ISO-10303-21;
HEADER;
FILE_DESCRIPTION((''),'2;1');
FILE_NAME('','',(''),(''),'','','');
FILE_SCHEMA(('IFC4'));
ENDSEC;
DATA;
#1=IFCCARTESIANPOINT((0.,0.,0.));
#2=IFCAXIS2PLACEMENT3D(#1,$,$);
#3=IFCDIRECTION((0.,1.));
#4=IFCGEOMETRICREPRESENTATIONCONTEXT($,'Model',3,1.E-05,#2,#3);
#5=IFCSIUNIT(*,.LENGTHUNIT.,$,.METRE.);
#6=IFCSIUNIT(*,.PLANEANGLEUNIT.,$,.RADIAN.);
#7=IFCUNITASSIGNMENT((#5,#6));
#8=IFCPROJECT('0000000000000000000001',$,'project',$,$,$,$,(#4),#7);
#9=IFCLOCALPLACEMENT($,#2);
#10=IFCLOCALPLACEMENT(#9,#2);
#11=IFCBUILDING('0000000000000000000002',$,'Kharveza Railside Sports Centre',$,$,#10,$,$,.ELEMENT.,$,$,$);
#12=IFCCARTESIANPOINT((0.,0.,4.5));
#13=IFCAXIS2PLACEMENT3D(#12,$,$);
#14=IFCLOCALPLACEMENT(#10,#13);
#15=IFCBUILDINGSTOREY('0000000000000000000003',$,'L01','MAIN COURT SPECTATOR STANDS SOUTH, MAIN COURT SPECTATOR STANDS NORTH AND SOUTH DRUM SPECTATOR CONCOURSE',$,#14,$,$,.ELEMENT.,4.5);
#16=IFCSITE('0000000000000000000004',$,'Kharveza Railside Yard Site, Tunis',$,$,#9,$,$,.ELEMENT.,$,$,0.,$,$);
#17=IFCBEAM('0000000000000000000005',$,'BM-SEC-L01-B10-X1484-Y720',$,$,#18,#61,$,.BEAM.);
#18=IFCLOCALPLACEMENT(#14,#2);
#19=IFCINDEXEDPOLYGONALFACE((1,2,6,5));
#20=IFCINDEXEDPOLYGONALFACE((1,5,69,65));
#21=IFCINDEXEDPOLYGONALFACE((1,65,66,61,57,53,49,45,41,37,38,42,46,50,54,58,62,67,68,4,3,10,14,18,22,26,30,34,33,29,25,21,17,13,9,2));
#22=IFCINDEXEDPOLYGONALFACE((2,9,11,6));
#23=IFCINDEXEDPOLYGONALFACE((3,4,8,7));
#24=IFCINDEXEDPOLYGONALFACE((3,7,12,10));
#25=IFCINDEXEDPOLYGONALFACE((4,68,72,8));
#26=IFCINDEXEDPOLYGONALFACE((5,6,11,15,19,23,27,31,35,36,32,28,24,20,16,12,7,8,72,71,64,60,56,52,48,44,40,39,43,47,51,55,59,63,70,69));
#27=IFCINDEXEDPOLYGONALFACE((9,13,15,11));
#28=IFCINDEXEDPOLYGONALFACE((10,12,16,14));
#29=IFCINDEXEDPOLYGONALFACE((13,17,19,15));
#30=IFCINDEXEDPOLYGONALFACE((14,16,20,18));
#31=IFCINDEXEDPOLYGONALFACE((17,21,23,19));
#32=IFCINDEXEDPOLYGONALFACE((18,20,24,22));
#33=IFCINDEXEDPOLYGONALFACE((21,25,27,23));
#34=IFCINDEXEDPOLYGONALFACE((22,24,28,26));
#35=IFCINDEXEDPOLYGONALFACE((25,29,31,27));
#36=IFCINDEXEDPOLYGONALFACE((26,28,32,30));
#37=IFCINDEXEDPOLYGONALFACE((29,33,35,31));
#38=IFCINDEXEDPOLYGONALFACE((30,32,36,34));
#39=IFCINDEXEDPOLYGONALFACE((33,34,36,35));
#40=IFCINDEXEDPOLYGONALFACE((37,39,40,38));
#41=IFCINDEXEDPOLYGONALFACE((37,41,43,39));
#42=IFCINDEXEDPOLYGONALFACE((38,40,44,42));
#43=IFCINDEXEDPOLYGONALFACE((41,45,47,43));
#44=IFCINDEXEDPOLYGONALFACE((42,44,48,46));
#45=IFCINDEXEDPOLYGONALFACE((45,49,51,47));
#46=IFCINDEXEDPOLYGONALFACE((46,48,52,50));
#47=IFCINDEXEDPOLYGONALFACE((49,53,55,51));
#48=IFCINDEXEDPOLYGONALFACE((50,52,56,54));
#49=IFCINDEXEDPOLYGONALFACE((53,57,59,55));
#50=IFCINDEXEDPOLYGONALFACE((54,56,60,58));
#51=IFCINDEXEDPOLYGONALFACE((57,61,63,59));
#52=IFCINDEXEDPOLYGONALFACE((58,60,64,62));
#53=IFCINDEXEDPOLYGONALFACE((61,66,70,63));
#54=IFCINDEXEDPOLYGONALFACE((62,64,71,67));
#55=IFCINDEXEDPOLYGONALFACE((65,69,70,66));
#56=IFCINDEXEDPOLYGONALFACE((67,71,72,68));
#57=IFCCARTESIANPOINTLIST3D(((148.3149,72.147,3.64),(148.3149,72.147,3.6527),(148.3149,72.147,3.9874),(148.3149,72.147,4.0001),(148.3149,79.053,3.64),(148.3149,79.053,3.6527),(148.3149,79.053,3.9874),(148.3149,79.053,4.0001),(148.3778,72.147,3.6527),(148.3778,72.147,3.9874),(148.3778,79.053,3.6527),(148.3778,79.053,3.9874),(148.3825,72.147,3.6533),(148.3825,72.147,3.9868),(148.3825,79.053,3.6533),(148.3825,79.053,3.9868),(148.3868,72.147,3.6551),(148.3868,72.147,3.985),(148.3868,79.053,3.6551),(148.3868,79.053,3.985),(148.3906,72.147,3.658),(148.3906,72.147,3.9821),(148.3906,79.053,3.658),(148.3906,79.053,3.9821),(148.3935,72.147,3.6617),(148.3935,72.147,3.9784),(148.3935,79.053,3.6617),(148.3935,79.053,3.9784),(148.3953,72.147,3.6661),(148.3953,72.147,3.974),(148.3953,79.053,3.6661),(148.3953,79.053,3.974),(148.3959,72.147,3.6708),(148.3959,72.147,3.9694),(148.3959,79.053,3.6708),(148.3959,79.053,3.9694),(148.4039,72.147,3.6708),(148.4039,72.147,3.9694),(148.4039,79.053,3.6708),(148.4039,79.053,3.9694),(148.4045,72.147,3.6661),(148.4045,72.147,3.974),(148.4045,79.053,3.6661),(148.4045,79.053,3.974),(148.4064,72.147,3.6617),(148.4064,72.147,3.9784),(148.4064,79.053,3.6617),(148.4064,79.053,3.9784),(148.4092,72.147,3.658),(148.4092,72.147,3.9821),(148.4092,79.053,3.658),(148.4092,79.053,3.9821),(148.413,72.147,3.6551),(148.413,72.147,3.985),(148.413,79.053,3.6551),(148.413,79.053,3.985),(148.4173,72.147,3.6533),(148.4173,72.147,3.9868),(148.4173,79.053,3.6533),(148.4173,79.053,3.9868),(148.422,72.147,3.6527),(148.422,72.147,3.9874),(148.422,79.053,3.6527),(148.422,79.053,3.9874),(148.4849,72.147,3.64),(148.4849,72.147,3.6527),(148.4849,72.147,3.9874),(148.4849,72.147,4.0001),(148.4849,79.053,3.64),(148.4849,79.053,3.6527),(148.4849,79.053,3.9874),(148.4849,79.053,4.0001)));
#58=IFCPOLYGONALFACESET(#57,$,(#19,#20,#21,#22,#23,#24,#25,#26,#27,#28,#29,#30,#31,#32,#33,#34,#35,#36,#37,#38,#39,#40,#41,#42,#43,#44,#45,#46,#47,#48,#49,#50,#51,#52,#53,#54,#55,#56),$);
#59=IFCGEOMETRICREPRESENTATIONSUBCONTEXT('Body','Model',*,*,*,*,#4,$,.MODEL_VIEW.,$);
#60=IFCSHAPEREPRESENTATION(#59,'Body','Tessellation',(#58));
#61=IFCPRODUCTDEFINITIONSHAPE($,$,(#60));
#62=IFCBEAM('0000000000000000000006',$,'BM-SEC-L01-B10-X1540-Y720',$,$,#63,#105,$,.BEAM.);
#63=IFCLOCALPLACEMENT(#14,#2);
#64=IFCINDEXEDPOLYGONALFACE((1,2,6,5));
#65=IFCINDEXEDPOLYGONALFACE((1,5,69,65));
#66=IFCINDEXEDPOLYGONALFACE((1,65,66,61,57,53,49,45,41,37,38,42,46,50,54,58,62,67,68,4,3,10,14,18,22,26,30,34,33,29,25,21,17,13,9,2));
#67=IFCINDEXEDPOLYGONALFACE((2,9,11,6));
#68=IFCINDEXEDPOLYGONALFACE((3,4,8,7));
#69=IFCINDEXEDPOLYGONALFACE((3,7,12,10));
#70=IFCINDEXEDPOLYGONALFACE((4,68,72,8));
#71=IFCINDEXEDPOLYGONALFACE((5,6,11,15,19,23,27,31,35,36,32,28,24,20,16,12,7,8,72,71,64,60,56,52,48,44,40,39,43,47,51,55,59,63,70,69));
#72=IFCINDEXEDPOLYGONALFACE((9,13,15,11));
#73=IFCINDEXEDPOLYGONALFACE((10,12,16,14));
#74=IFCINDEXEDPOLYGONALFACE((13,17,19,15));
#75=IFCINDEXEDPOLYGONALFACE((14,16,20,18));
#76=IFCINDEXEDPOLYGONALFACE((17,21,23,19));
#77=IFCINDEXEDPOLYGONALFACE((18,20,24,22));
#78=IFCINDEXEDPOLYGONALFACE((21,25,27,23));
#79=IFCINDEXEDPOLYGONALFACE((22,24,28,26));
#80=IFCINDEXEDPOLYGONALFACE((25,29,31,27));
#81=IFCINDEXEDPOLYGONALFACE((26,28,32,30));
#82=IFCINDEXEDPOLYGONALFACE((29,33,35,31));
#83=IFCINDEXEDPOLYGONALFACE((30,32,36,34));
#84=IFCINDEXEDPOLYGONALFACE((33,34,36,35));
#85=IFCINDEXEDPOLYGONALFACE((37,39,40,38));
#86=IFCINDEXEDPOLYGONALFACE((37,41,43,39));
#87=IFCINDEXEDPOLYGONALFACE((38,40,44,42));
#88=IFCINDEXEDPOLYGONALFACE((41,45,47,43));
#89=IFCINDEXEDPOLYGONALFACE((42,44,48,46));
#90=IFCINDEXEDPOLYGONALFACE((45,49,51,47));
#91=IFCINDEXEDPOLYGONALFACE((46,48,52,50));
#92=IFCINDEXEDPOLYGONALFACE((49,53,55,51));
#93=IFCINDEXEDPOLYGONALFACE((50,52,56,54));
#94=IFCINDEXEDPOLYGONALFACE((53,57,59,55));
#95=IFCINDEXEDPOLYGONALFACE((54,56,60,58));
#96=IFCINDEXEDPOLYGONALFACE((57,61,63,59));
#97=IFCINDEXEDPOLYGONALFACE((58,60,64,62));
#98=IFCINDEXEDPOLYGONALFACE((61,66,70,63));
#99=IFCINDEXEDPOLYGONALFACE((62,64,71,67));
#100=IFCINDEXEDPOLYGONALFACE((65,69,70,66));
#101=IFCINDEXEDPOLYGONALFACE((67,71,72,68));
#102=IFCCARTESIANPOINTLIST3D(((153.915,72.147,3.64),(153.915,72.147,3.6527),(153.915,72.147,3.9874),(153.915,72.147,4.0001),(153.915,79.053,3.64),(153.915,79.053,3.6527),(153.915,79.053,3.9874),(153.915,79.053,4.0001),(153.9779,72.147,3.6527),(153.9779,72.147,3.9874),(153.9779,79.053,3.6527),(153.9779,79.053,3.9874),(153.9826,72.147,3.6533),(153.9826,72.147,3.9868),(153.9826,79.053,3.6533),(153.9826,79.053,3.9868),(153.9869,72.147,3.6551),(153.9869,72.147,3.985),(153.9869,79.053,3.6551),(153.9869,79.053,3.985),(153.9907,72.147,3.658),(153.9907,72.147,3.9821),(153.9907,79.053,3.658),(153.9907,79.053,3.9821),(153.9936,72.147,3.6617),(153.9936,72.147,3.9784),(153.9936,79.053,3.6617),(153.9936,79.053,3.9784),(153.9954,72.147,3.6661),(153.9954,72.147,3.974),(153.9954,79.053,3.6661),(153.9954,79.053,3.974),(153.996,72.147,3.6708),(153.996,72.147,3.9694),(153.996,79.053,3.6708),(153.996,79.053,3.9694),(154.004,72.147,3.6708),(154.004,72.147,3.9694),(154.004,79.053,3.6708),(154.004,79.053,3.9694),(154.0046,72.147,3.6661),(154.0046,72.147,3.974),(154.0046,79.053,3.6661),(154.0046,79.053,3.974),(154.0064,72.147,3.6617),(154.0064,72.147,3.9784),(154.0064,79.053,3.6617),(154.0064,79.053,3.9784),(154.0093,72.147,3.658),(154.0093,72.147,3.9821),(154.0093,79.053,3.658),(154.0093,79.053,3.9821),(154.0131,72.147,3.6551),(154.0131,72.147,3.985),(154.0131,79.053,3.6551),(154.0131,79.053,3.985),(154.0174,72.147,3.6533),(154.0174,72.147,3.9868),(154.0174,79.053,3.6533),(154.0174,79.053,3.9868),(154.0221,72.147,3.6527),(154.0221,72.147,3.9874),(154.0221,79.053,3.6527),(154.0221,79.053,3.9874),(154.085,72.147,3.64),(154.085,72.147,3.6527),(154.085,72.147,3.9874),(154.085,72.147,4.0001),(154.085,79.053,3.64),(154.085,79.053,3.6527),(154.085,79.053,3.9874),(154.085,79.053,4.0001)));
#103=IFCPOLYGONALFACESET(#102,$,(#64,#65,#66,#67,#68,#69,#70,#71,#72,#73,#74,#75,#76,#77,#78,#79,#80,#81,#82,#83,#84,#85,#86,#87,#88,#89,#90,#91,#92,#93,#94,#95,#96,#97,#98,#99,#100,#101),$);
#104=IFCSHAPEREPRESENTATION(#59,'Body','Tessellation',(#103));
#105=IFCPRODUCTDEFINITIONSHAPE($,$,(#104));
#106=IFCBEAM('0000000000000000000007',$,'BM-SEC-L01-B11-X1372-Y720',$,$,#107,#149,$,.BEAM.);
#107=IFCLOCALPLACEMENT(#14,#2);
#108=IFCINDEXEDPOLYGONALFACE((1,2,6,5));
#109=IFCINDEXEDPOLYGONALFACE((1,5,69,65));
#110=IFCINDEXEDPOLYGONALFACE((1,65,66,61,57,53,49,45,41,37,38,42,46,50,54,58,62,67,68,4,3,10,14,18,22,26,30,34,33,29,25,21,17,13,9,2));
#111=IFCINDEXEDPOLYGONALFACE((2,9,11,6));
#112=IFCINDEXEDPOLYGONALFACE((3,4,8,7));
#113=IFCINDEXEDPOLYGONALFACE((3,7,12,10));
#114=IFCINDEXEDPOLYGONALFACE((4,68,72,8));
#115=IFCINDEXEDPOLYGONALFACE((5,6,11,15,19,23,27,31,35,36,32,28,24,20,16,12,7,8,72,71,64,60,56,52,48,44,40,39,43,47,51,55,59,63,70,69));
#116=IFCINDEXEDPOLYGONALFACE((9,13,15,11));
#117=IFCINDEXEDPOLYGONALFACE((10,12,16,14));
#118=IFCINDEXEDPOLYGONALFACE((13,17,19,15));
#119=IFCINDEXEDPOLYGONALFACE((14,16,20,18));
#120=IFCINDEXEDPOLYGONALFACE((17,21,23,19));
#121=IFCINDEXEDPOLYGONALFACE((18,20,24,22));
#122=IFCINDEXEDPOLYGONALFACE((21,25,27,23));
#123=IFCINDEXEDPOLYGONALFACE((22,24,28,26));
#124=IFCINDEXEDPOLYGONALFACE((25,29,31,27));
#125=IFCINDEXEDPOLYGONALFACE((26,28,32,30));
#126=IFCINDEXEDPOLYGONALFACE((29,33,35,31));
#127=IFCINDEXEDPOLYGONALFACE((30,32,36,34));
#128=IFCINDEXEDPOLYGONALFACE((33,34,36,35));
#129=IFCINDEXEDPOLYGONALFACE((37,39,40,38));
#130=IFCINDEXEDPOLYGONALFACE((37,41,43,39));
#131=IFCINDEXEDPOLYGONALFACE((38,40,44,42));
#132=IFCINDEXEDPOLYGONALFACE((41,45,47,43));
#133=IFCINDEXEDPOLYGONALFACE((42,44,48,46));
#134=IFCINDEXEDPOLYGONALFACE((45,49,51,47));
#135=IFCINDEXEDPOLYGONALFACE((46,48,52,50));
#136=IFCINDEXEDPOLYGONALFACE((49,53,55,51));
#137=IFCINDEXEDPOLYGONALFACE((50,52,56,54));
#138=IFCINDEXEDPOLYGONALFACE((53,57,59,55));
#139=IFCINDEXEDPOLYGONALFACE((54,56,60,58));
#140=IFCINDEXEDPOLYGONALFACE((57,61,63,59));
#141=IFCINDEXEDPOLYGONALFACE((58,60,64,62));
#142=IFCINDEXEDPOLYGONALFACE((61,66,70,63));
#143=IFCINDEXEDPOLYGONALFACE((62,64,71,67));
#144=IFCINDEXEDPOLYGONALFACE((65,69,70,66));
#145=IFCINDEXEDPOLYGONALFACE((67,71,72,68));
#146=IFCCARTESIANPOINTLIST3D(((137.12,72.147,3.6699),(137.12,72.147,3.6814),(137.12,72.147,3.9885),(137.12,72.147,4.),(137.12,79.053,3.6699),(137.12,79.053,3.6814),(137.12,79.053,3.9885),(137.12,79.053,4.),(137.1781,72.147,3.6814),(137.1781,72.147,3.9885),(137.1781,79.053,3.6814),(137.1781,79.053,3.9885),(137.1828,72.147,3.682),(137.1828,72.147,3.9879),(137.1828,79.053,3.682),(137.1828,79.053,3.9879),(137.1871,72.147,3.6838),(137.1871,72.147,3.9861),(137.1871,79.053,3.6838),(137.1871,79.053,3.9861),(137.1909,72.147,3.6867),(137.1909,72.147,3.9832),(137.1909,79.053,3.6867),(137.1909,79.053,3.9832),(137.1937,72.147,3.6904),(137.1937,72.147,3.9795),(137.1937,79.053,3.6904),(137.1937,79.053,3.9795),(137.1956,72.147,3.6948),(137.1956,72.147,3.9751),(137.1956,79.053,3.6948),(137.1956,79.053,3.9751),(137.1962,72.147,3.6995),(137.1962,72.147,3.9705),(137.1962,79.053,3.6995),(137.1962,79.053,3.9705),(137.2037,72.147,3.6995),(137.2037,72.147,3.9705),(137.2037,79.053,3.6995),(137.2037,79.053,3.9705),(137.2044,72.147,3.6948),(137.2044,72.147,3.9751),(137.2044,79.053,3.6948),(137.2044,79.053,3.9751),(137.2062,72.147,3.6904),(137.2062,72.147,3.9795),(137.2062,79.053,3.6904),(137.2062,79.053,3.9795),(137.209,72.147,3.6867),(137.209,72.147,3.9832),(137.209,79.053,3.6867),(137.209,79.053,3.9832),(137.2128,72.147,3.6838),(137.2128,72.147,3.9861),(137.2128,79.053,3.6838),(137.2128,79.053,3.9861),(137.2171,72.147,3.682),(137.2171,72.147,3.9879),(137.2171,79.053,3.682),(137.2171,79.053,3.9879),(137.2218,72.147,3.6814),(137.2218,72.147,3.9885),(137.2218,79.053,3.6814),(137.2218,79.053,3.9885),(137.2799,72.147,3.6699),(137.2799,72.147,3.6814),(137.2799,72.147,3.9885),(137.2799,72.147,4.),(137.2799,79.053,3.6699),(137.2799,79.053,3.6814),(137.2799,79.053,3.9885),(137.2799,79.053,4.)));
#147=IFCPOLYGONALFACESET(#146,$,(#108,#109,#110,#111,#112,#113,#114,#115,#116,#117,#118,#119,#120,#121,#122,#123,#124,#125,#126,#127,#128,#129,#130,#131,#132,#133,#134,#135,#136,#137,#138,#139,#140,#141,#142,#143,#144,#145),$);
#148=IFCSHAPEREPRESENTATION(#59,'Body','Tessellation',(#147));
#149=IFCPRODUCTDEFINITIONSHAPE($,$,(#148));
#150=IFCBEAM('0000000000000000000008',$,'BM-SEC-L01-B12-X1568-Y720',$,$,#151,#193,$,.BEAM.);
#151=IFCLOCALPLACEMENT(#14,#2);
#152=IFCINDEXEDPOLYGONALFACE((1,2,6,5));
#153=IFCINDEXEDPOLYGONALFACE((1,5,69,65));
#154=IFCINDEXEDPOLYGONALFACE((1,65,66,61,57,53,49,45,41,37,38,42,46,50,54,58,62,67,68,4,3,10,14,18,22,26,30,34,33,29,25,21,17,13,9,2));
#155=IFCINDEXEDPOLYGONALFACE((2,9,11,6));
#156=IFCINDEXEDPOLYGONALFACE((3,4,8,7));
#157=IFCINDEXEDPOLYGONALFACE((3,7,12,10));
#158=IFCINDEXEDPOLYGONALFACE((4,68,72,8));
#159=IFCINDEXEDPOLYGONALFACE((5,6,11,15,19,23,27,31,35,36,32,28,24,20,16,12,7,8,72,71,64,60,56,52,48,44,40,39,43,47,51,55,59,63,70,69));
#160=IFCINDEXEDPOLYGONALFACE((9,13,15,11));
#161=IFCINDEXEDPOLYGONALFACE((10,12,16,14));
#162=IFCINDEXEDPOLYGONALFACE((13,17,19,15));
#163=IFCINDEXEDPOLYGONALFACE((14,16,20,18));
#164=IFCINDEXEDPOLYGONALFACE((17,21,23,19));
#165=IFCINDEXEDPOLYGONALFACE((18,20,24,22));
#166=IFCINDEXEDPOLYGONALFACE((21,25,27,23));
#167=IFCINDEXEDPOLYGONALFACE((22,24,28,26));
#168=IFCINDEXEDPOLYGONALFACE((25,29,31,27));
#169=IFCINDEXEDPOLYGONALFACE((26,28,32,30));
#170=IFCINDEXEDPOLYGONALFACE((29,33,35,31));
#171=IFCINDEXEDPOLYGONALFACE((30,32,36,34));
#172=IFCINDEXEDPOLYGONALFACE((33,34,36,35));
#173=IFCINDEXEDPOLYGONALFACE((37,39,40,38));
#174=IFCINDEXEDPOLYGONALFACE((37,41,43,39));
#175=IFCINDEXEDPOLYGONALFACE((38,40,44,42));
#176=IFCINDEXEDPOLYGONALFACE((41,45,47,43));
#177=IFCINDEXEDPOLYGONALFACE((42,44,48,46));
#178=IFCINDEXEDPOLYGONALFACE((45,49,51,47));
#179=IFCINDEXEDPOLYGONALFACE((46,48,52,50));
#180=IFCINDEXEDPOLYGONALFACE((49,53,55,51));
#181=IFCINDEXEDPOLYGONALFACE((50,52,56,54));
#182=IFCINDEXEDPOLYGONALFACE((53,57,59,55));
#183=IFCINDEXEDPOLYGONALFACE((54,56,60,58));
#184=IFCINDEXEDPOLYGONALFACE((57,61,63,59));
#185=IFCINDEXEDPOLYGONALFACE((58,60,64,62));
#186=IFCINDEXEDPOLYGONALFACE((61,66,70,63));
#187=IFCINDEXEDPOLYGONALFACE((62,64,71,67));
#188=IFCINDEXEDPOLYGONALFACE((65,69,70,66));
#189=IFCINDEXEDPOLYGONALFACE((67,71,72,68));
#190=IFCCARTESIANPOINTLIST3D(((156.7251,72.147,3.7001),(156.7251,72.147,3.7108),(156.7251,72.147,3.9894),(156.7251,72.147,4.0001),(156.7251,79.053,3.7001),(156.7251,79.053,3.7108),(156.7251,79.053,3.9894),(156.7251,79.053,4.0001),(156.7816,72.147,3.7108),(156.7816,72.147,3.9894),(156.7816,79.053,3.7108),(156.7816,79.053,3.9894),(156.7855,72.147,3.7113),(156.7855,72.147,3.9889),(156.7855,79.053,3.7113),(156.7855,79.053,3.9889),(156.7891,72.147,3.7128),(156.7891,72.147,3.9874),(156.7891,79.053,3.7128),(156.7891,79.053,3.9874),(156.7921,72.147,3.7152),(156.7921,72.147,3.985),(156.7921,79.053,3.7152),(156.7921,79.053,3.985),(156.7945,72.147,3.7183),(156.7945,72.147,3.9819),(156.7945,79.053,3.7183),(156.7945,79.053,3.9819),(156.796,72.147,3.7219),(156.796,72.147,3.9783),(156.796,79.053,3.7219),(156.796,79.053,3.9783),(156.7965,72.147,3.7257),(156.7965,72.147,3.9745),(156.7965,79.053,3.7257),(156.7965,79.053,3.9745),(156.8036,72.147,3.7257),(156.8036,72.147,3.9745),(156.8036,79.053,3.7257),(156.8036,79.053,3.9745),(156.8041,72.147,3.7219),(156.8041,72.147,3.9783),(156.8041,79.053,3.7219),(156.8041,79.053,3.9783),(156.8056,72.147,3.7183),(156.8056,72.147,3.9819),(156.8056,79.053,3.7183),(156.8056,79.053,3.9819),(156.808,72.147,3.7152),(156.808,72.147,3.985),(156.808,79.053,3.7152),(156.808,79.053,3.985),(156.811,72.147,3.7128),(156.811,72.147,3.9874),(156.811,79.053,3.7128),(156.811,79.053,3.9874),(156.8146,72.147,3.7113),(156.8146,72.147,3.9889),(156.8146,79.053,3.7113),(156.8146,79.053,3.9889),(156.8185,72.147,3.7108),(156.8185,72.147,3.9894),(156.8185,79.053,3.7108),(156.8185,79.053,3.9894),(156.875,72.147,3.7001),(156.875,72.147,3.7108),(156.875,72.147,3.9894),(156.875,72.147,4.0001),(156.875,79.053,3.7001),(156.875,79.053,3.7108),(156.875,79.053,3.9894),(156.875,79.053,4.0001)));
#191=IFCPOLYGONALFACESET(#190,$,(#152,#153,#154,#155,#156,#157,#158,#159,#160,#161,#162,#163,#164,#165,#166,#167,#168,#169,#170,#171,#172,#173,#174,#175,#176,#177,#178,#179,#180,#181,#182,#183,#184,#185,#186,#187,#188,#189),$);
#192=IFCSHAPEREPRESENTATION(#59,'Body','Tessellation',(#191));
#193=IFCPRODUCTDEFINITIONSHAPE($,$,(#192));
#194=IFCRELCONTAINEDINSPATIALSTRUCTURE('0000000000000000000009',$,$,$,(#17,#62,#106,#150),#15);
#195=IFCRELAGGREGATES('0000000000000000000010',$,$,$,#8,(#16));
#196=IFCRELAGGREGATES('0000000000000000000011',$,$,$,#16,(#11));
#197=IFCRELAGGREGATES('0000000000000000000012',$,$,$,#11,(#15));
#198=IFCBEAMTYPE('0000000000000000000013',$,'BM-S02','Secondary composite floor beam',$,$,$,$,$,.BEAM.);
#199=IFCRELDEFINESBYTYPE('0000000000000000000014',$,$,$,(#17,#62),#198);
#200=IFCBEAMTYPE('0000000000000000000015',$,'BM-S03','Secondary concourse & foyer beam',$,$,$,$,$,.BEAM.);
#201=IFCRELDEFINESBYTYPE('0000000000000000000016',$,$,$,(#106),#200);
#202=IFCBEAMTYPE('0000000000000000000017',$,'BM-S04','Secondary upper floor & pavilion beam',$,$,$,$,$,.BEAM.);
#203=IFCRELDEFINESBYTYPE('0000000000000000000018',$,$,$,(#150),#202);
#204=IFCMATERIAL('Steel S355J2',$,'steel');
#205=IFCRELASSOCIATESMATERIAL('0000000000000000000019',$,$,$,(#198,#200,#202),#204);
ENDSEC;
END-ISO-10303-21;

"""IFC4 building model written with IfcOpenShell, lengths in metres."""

from ifc_helpers import new_model, si_unit, direction, frame, origin, origin_2d, place, context, subcontext, project, spatial, i_section, extrude, material, material_profile, profile_set, type_object, element, save


model = new_model("IFC4")

# Units and contexts
model_context = context("Model", 3, precision=1e-05, world=origin(), true_north=direction((0.0, 1.0)))
body_context = subcontext(model_context, "Body", "Model", "MODEL_VIEW")
ifc_project = project(units=[si_unit("LENGTHUNIT", "METRE"), si_unit("PLANEANGLEUNIT", "RADIAN")], contexts=[model_context])

# Site, building, storey
site_placement = place(None, origin())
site = spatial("IfcSite", under=ifc_project, at=site_placement, Name="Kharveza Railside Yard Site, Tunis", CompositionType="ELEMENT", RefElevation=0.0)
building_placement = place(site_placement, origin())
building = spatial("IfcBuilding", under=site, at=building_placement, Name="Kharveza Railside Sports Centre", CompositionType="ELEMENT")
storey_placement = place(building_placement, frame((0.0, 0.0, 4.5)))
storey = spatial("IfcBuildingStorey", under=building, at=storey_placement, Name="L01", Description="MAIN COURT SPECTATOR STANDS SOUTH, MAIN COURT SPECTATOR STANDS NORTH AND SOUTH DRUM SPECTATOR CONCOURSE", CompositionType="ELEMENT", Elevation=4.5)

# Shared definitions
ifc_material_1 = material(Name="Steel S355J2", Category="steel")

# Beams
ifc_material_profile_1 = material_profile(ifc_material_1, i_section(OverallWidth=0.1699, OverallDepth=0.3601, WebThickness=0.0081, FlangeThickness=0.0127, FilletRadius=0.0181, at=origin_2d()), Name="IPE 360")
ifc_profile_set_1 = profile_set([ifc_material_profile_1], Name="Steel S355J2")
beam_type_1 = type_object("IfcBeamType", Name="BM-S02", Description="Secondary composite floor beam", PredefinedType="BEAM", material=ifc_profile_set_1)
for number, where, z_axis, x_axis, name in (
    (1, (148.3999, 72.147, 3.8201), (0.0, 1.0, 0.0), (-1.0, 0.0, 0.0), "BM-SEC-L01-B10-X1484-Y720"),
    (2, (154.0, 72.147, 3.8201), (0.0, 1.0, 0.0), (-1.0, 0.0, 0.0), "BM-SEC-L01-B10-X1540-Y720"),
):
    element("IfcBeam", number, at=place(storey_placement, frame(where, z_axis=z_axis, x_axis=x_axis)), inside=storey, type_object=beam_type_1, Name=name, PredefinedType="BEAM", context=body_context, shape_type="SweptSolid", body=[
        extrude(i_section(OverallWidth=0.1699, OverallDepth=0.3601, WebThickness=0.0081, FlangeThickness=0.0127, FilletRadius=0.0181, at=origin_2d()), origin(), (0.0, 0.0, 1.0), 6.906),
    ])
ifc_material_profile_2 = material_profile(ifc_material_1, i_section(OverallWidth=0.1599, OverallDepth=0.3301, WebThickness=0.0076, FlangeThickness=0.0115, FilletRadius=0.0181, at=origin_2d()), Name="IPE 330")
ifc_profile_set_2 = profile_set([ifc_material_profile_2], Name="Steel S355J2")
beam_type_2 = type_object("IfcBeamType", Name="BM-S03", Description="Secondary concourse & foyer beam", PredefinedType="BEAM", material=ifc_profile_set_2)
beam_1_placement = place(storey_placement, frame((137.2, 72.147, 3.835), z_axis=(0.0, 1.0, 0.0), x_axis=(-1.0, 0.0, 0.0)))
element("IfcBeam", 3, at=beam_1_placement, inside=storey, type_object=beam_type_2, Name="BM-SEC-L01-B11-X1372-Y720", PredefinedType="BEAM", context=body_context, shape_type="SweptSolid", body=[
    extrude(i_section(OverallWidth=0.1599, OverallDepth=0.3301, WebThickness=0.0076, FlangeThickness=0.0115, FilletRadius=0.0181, at=origin_2d()), origin(), (0.0, 0.0, 1.0), 6.906),
])
ifc_material_profile_3 = material_profile(ifc_material_1, i_section(OverallWidth=0.1499, OverallDepth=0.3, WebThickness=0.0071, FlangeThickness=0.0107, FilletRadius=0.0149, at=origin_2d()), Name="IPE 300")
ifc_profile_set_3 = profile_set([ifc_material_profile_3], Name="Steel S355J2")
beam_type_3 = type_object("IfcBeamType", Name="BM-S04", Description="Secondary upper floor & pavilion beam", PredefinedType="BEAM", material=ifc_profile_set_3)
beam_2_placement = place(storey_placement, frame((156.8, 72.147, 3.8501), z_axis=(0.0, 1.0, 0.0), x_axis=(-1.0, 0.0, 0.0)))
element("IfcBeam", 4, at=beam_2_placement, inside=storey, type_object=beam_type_3, Name="BM-SEC-L01-B12-X1568-Y720", PredefinedType="BEAM", context=body_context, shape_type="SweptSolid", body=[
    extrude(i_section(OverallWidth=0.1499, OverallDepth=0.3, WebThickness=0.0071, FlangeThickness=0.0107, FilletRadius=0.0149, at=origin_2d()), origin(), (0.0, 0.0, 1.0), 6.906),
])

save(model, "model.ifc")
